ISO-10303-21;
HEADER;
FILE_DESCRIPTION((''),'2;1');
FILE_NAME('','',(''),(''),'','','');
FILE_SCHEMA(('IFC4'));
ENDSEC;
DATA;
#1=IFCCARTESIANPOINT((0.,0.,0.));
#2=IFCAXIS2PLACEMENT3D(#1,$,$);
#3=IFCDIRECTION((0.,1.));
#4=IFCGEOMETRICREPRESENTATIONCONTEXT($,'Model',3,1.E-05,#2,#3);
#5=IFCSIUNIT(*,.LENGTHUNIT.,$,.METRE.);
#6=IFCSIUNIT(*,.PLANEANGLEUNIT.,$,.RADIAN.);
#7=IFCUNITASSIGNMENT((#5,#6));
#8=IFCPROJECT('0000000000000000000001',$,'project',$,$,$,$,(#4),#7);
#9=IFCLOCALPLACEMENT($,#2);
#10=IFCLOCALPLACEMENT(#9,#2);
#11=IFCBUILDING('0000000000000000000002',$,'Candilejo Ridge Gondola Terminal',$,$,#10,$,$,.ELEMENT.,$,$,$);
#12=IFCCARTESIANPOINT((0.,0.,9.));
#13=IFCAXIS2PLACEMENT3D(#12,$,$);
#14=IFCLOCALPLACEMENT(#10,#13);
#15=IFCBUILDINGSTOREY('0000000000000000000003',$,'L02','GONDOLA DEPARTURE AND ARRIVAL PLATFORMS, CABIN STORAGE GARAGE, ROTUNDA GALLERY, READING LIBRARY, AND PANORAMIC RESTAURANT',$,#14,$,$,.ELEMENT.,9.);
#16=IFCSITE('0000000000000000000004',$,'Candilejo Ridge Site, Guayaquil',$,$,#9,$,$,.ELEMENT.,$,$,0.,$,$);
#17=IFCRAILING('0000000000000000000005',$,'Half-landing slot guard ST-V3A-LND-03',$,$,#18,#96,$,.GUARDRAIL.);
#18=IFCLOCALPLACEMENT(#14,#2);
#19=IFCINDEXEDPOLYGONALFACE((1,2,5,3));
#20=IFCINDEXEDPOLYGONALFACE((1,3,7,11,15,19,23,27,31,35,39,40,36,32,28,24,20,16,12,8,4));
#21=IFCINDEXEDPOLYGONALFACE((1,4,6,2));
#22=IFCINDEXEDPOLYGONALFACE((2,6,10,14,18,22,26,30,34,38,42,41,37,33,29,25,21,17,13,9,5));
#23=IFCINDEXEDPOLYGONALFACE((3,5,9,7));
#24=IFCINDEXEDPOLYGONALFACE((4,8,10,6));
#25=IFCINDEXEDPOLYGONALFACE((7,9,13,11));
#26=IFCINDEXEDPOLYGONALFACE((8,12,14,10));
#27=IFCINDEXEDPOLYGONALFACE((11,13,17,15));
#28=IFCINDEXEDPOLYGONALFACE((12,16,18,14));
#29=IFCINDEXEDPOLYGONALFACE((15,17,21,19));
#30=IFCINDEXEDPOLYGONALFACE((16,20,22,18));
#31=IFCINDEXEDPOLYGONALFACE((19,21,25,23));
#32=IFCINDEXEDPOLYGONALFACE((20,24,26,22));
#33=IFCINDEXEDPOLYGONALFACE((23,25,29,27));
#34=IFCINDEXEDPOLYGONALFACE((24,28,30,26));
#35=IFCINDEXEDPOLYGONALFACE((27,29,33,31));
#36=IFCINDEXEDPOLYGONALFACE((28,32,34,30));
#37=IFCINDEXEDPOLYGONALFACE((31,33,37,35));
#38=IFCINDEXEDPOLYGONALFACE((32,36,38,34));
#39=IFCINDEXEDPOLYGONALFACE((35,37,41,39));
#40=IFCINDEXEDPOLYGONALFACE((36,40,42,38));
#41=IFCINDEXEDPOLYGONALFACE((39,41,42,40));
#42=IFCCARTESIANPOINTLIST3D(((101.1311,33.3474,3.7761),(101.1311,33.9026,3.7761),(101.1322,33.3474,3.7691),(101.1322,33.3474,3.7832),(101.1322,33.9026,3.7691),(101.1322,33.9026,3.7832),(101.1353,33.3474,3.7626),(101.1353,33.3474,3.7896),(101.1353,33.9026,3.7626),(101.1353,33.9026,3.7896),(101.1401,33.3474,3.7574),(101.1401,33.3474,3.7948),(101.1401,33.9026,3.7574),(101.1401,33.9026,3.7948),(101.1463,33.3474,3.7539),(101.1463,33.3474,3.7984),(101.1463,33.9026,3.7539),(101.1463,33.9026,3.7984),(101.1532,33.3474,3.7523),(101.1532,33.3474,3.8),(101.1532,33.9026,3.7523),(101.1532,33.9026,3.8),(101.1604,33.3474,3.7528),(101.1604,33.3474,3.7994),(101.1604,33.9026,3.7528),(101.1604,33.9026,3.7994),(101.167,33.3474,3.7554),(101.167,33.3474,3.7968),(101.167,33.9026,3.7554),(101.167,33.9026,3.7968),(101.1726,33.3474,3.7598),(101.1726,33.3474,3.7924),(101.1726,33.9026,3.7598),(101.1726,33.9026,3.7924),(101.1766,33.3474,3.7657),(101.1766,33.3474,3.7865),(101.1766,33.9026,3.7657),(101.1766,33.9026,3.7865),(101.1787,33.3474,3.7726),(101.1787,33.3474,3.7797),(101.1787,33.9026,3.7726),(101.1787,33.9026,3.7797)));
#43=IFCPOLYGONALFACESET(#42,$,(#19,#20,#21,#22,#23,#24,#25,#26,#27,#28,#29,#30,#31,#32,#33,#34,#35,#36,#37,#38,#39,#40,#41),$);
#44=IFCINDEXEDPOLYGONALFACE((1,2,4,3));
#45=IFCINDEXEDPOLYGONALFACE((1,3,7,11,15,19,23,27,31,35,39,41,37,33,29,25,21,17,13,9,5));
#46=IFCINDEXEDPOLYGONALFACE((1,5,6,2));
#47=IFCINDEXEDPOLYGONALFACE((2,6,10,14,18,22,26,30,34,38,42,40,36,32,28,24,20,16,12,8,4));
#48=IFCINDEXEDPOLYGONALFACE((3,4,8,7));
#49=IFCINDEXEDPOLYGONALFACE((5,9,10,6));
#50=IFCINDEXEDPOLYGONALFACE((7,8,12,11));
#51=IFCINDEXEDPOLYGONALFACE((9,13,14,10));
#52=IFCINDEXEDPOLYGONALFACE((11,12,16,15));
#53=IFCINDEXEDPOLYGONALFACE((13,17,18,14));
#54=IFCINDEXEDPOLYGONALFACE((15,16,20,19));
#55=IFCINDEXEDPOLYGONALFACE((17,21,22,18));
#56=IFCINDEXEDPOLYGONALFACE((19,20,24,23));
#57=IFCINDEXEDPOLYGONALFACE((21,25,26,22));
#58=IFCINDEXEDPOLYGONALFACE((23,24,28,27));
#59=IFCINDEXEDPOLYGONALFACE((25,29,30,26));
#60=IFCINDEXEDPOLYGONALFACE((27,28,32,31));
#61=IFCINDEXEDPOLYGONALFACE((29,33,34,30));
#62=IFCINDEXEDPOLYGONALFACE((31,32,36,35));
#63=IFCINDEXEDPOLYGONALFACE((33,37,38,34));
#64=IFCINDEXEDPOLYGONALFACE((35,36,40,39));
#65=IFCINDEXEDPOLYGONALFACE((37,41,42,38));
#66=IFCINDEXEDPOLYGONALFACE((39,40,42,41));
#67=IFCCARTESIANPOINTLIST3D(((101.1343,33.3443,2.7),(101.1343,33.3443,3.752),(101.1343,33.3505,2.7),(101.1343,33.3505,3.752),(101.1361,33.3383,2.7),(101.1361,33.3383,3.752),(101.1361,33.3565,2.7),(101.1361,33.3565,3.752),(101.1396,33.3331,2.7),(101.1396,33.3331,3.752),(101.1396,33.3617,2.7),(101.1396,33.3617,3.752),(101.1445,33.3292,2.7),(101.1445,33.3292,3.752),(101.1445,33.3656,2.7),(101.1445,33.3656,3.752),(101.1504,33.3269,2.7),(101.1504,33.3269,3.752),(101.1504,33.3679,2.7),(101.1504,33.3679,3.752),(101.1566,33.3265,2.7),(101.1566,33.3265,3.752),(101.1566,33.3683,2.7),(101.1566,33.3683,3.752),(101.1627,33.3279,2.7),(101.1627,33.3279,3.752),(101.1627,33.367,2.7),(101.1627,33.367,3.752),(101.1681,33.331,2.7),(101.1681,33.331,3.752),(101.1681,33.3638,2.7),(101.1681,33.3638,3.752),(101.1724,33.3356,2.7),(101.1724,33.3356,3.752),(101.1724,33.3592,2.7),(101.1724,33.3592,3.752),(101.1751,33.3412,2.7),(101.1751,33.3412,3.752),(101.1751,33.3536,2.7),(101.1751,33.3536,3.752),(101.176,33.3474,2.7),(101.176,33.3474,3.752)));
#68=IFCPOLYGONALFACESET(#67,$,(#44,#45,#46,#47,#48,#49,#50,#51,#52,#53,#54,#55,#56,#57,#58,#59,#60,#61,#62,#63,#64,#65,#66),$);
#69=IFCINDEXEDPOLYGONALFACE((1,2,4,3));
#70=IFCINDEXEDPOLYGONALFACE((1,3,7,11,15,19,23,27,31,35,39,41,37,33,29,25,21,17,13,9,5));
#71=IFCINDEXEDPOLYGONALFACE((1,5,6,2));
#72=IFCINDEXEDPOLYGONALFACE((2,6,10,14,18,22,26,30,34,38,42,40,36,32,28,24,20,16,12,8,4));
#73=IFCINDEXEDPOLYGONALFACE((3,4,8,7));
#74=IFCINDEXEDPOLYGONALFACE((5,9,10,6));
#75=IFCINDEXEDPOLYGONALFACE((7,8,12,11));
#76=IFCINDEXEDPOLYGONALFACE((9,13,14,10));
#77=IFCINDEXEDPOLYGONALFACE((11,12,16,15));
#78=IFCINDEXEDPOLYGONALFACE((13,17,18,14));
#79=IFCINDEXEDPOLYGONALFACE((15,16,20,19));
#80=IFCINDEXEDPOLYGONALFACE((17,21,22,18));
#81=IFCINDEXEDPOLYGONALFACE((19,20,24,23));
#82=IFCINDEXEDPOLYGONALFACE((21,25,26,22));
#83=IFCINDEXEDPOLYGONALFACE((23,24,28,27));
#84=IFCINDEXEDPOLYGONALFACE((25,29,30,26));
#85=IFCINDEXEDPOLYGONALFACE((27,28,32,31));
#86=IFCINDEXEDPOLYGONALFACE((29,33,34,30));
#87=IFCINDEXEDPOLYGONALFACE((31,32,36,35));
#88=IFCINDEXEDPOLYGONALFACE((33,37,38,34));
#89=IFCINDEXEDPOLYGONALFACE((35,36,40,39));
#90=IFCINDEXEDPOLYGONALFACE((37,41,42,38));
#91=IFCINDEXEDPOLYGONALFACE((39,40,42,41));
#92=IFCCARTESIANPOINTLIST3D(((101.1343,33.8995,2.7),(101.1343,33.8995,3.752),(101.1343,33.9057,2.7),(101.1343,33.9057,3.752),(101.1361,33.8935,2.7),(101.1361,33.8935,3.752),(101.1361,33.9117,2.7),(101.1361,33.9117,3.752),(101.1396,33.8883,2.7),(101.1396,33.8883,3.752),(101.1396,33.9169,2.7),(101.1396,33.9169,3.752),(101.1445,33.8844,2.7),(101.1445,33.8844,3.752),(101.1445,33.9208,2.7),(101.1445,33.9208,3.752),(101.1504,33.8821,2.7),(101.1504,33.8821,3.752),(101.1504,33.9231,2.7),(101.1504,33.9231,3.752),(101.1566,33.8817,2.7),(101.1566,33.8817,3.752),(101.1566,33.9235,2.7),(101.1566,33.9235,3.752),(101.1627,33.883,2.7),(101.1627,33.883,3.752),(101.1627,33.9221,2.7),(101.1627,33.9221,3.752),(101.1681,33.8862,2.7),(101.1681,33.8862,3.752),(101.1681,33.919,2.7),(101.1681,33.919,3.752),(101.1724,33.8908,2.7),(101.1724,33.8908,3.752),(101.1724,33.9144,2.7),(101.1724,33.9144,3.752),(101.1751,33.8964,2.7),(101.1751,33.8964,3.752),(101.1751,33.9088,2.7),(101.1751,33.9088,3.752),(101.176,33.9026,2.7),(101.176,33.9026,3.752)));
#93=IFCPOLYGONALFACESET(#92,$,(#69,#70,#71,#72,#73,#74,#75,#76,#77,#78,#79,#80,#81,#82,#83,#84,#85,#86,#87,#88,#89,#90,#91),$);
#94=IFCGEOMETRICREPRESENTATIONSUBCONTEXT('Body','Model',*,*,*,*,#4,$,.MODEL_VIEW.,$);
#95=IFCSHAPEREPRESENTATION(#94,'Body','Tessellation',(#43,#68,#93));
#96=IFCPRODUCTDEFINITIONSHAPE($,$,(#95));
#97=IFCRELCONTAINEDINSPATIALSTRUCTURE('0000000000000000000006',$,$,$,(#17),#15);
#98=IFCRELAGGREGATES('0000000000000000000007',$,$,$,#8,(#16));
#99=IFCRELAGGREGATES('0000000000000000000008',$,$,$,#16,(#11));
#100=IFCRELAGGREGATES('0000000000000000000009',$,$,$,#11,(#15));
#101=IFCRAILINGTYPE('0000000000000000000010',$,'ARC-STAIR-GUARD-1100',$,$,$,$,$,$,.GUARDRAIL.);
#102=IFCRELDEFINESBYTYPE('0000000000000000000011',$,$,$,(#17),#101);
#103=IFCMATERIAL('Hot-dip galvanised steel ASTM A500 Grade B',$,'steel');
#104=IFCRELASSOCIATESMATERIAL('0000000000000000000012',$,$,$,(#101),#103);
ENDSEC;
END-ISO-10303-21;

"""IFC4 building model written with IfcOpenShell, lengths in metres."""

from ifc_helpers import new_model, si_unit, direction, frame, origin, origin_2d, place, context, subcontext, project, spatial, circle, extrude, material, type_object, element, save


model = new_model("IFC4")

# Units and contexts
model_context = context("Model", 3, precision=1e-05, world=origin(), true_north=direction((0.0, 1.0)))
body_context = subcontext(model_context, "Body", "Model", "MODEL_VIEW")
ifc_project = project(units=[si_unit("LENGTHUNIT", "METRE"), si_unit("PLANEANGLEUNIT", "RADIAN")], contexts=[model_context])

# Site, building, storey
site_placement = place(None, origin())
site = spatial("IfcSite", under=ifc_project, at=site_placement, Name="Candilejo Ridge Site, Guayaquil", CompositionType="ELEMENT", RefElevation=0.0)
building_placement = place(site_placement, origin())
building = spatial("IfcBuilding", under=site, at=building_placement, Name="Candilejo Ridge Gondola Terminal", CompositionType="ELEMENT")
storey_placement = place(building_placement, frame((0.0, 0.0, 9.0)))
storey = spatial("IfcBuildingStorey", under=building, at=storey_placement, Name="L02", Description="GONDOLA DEPARTURE AND ARRIVAL PLATFORMS, CABIN STORAGE GARAGE, ROTUNDA GALLERY, READING LIBRARY, AND PANORAMIC RESTAURANT", CompositionType="ELEMENT", Elevation=9.0)

# Railing
ifc_material_1 = material(Name="Hot-dip galvanised steel ASTM A500 Grade B", Category="steel")
railing_type_1 = type_object("IfcRailingType", Name="ARC-STAIR-GUARD-1100", PredefinedType="GUARDRAIL", material=ifc_material_1)
railing_1_placement = place(storey_placement, frame((101.155, 33.3474, 2.7)))
element("IfcRailing", 1, at=railing_1_placement, inside=storey, type_object=railing_type_1, Name="Half-landing slot guard ST-V3A-LND-03", PredefinedType="GUARDRAIL", context=body_context, shape_type="SweptSolid", body=[
    extrude(circle(Radius=0.0239, at=origin_2d()), frame((0.0, 0.0, 1.0762), z_axis=(0.0, 1.0, 0.0), x_axis=(-1.0, 0.0, 0.0)), (0.0, 0.0, 1.0), 0.5552),
    extrude(circle(Radius=0.021, at=origin_2d()), origin(), (0.0, 0.0, 1.0), 1.052),
    extrude(circle(Radius=0.021, at=origin_2d()), frame((0.0, 0.5552, 0.0)), (0.0, 0.0, 1.0), 1.052),
])

save(model, "model.ifc")
